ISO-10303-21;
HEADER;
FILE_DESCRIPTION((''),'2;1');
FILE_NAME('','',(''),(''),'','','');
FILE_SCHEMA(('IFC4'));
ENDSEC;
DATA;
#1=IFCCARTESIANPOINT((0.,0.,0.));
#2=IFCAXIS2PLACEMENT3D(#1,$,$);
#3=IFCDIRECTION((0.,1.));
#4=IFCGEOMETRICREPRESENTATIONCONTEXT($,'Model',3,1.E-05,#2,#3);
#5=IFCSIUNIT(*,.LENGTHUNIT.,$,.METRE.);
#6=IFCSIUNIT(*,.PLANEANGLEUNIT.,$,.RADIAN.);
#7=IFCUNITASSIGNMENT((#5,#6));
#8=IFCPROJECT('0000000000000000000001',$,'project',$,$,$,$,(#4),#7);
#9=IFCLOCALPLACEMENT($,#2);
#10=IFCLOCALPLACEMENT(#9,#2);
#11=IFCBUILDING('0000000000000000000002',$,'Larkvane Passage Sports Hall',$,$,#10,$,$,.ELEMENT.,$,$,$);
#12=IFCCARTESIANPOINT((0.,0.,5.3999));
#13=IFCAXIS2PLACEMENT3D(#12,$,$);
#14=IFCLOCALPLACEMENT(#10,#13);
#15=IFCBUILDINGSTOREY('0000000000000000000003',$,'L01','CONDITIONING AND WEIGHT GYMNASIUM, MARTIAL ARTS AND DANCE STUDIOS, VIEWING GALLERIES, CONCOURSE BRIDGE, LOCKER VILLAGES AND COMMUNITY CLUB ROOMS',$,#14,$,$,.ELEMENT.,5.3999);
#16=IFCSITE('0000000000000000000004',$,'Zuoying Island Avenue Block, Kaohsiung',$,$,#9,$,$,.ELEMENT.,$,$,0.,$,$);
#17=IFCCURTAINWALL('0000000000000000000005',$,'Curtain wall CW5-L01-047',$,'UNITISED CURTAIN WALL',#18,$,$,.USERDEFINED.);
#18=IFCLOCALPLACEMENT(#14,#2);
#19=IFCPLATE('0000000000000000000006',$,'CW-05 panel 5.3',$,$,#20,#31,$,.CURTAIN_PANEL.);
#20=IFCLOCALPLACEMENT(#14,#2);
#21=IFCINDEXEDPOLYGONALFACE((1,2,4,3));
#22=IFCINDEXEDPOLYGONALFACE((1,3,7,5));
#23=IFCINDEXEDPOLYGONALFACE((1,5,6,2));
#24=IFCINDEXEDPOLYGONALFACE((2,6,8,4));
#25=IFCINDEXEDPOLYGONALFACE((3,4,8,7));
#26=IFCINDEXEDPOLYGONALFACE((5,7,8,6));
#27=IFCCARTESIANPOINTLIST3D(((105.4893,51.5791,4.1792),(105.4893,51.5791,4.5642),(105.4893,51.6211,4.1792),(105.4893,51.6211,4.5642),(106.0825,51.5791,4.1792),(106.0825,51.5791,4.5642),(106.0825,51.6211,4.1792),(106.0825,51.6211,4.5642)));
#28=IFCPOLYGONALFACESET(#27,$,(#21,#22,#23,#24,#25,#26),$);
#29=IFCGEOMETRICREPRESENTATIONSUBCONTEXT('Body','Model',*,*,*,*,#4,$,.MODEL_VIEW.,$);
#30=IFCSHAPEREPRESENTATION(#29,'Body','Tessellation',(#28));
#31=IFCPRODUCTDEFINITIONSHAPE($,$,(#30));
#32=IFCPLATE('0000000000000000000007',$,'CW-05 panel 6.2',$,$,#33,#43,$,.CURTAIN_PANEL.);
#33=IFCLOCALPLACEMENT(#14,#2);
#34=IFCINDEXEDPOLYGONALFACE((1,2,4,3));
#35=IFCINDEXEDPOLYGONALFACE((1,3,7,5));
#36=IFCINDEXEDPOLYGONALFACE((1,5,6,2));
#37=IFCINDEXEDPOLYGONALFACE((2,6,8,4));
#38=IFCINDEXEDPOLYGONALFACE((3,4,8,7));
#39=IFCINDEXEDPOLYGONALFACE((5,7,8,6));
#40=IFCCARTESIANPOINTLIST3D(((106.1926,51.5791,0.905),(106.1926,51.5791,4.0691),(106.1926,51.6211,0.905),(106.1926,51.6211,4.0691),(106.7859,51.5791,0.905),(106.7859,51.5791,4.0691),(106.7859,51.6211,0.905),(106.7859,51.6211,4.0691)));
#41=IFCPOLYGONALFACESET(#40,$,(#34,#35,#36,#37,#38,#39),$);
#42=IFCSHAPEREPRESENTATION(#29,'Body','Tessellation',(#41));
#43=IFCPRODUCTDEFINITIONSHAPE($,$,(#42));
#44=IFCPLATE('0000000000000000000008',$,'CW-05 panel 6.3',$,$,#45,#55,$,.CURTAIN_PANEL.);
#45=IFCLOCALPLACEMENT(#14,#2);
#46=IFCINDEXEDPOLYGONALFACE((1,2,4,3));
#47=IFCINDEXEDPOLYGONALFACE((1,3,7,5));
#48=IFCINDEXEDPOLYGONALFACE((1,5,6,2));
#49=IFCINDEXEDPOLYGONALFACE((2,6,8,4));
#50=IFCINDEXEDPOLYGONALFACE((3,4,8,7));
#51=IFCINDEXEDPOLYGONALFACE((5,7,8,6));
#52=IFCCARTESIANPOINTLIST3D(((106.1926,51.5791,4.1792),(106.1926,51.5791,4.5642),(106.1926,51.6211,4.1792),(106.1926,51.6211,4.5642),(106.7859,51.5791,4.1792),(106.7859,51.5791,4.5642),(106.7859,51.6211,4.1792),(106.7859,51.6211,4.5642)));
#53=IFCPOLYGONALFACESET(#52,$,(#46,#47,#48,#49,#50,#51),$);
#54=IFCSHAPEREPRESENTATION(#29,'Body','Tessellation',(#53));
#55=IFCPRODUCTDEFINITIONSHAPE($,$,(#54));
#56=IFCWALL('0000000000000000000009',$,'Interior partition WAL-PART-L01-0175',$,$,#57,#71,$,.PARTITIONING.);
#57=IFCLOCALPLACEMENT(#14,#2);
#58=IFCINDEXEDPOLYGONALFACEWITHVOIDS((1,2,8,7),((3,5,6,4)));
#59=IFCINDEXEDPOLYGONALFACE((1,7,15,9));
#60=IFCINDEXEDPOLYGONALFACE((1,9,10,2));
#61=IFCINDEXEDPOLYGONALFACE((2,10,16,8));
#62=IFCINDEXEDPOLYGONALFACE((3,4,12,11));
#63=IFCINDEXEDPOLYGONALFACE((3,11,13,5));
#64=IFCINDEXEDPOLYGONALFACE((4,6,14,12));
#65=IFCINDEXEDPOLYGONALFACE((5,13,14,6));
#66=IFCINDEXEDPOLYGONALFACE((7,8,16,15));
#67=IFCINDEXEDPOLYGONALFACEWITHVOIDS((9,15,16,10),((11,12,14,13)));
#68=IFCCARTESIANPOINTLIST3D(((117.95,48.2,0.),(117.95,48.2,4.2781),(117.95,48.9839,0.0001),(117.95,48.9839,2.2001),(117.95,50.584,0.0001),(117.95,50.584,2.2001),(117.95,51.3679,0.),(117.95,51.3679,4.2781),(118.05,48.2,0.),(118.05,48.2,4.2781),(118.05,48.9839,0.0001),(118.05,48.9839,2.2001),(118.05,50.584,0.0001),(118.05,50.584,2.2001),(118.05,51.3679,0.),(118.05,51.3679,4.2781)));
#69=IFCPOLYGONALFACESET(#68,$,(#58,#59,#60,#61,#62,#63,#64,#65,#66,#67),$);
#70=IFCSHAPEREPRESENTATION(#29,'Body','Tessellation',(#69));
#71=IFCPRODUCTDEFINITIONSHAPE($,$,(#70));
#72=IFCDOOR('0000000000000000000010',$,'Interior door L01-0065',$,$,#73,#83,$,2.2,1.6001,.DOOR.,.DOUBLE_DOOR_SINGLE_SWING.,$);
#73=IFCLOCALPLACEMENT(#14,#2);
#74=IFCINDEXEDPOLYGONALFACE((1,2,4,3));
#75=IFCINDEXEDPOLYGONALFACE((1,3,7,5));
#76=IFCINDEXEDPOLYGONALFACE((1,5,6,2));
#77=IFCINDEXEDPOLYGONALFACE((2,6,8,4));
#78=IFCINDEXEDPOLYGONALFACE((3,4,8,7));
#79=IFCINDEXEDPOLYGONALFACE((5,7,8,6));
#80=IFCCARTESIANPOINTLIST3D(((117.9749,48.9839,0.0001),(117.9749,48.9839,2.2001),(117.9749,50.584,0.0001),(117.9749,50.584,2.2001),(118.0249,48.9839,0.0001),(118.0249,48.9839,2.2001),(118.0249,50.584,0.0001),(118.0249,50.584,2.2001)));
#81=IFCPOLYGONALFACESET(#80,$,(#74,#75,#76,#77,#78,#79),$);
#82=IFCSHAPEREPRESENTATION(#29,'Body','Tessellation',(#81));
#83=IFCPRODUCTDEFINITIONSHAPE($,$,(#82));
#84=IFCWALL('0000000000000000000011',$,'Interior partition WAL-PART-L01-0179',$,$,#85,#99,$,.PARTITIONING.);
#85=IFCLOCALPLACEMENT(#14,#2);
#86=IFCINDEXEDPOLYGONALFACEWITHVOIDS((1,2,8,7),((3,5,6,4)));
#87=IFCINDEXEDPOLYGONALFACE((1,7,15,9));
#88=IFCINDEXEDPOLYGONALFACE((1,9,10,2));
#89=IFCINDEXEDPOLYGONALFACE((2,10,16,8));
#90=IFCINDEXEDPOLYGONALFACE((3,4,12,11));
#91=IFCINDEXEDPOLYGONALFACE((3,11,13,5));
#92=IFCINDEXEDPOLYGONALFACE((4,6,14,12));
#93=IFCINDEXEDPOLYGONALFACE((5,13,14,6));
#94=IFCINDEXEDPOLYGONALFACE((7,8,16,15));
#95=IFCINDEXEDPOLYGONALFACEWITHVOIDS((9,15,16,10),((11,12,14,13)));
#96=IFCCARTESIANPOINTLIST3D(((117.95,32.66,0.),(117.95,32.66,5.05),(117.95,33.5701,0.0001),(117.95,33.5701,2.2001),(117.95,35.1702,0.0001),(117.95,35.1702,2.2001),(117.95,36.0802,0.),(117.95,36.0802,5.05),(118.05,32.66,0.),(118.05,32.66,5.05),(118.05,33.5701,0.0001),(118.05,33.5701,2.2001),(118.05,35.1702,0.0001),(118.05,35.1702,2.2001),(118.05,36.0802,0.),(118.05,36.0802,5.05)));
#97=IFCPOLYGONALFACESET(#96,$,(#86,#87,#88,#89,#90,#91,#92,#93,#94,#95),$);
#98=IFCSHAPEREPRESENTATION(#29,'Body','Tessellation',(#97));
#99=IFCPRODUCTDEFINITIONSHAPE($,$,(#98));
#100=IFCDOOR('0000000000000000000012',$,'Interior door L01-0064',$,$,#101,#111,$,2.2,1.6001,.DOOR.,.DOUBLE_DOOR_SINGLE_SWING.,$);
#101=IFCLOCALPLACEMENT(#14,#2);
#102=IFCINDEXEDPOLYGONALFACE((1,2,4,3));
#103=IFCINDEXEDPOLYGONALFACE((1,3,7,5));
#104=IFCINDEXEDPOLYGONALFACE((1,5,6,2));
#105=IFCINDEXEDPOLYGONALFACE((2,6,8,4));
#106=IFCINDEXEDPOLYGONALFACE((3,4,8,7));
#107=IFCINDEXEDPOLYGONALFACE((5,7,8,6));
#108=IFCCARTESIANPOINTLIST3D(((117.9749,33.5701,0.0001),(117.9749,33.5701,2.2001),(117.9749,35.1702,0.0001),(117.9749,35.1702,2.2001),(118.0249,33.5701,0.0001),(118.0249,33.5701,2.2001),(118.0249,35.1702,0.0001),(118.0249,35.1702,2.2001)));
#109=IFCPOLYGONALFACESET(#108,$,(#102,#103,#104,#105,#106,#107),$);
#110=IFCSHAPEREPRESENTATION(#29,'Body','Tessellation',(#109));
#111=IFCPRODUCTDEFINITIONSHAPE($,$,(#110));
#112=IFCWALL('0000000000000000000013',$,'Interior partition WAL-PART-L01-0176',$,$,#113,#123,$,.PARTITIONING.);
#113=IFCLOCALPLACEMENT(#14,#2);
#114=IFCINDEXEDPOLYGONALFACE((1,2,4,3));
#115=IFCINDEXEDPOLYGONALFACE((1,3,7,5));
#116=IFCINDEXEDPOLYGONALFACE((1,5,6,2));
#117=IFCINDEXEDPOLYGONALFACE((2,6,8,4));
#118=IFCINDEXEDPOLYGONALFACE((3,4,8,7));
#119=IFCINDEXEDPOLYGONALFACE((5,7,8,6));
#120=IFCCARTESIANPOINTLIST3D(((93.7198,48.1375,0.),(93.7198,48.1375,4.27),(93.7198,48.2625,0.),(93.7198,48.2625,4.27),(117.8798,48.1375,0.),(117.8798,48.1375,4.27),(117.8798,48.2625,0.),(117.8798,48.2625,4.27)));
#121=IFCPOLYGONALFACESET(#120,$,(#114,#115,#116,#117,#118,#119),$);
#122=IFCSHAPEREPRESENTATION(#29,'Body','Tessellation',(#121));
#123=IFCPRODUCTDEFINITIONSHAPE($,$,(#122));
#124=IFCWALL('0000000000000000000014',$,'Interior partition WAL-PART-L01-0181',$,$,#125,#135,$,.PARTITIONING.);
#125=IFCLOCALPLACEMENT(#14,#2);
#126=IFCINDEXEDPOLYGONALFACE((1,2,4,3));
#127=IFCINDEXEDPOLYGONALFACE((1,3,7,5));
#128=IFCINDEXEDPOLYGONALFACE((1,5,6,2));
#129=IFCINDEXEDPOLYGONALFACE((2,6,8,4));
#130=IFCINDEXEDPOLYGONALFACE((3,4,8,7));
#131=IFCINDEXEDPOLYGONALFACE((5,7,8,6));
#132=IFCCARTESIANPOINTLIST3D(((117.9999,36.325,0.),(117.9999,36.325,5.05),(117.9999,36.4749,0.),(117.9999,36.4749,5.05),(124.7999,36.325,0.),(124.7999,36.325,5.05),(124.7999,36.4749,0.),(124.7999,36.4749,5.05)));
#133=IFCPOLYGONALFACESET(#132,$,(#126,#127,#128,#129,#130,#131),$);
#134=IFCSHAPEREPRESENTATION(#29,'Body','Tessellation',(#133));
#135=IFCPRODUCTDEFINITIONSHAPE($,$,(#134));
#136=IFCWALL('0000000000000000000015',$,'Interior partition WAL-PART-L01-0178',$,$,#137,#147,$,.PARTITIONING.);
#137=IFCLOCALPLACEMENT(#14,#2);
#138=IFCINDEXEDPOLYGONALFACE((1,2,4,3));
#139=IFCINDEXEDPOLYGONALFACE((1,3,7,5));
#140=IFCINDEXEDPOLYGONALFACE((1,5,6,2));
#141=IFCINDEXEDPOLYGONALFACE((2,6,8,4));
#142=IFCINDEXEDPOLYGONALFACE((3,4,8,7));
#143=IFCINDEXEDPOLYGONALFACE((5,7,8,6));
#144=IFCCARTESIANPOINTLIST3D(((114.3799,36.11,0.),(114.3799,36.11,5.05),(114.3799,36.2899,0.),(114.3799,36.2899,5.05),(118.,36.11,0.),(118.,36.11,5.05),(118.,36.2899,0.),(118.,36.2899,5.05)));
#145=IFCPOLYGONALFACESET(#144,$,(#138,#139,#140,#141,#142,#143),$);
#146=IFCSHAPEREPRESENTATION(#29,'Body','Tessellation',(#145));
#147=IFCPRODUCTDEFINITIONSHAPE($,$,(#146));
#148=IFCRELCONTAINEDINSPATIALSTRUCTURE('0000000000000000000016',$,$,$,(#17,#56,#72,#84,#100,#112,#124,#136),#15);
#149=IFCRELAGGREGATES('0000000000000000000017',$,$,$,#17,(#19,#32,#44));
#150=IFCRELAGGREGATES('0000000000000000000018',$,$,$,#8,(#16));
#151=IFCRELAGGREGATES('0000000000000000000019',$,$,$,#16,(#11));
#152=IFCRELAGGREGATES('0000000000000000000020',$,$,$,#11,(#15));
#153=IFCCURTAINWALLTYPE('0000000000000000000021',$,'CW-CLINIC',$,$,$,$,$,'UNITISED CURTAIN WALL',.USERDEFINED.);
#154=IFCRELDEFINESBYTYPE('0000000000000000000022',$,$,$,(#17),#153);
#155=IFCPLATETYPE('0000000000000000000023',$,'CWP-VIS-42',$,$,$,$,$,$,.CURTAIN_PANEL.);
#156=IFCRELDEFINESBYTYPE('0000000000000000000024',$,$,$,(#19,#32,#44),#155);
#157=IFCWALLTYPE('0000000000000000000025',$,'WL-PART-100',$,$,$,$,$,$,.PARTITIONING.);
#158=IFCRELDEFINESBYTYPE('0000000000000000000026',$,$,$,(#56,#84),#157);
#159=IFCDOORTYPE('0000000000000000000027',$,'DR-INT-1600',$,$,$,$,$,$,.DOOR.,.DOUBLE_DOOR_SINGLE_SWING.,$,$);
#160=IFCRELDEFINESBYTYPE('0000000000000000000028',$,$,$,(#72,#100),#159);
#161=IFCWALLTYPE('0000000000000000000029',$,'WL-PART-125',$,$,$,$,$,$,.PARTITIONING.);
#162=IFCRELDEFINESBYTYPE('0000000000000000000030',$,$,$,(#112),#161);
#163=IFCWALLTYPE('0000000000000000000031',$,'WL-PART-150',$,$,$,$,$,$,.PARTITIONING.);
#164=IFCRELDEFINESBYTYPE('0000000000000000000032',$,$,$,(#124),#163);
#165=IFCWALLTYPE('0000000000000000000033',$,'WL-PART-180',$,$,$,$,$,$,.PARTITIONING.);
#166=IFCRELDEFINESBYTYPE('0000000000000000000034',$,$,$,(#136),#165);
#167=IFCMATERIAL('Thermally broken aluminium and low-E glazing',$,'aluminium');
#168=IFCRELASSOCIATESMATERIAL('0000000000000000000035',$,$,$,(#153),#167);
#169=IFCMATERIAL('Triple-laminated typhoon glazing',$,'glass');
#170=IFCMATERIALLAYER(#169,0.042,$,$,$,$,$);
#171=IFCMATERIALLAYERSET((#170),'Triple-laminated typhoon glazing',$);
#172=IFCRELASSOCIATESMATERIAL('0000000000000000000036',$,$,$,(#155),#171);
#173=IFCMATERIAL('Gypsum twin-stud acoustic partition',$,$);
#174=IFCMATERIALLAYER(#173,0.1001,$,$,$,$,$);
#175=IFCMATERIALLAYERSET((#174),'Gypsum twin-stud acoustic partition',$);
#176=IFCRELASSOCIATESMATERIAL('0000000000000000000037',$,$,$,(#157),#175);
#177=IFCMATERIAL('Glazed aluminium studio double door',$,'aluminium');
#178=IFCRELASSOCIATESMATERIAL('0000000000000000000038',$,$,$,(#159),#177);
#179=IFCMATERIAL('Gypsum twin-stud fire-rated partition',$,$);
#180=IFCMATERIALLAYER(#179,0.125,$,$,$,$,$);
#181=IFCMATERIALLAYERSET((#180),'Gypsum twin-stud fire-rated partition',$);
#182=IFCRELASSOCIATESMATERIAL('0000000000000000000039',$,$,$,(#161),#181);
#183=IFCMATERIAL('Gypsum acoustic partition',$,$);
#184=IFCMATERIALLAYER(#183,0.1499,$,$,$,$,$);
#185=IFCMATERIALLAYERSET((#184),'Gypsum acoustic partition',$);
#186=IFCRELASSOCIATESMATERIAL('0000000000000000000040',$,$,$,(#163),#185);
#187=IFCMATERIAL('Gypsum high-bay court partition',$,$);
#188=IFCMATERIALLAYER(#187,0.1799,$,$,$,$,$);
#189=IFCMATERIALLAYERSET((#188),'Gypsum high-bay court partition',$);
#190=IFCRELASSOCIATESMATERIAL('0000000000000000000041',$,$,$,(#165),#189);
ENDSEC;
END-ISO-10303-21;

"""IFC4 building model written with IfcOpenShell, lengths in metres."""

from ifc_helpers import new_model, si_unit, direction, frame, frame_2d, origin, origin_2d, place, context, subcontext, project, spatial, rectangle, extrude, material, layer, layer_set, type_object, element, fill, aggregate, save


model = new_model("IFC4")

# Units and contexts
model_context = context("Model", 3, precision=1e-05, world=origin(), true_north=direction((0.0, 1.0)))
body_context = subcontext(model_context, "Body", "Model", "MODEL_VIEW")
ifc_project = project(units=[si_unit("LENGTHUNIT", "METRE"), si_unit("PLANEANGLEUNIT", "RADIAN")], contexts=[model_context])

# Site, building, storey
site_placement = place(None, origin())
site = spatial("IfcSite", under=ifc_project, at=site_placement, Name="Zuoying Island Avenue Block, Kaohsiung", CompositionType="ELEMENT", RefElevation=0.0)
building_placement = place(site_placement, origin())
building = spatial("IfcBuilding", under=site, at=building_placement, Name="Larkvane Passage Sports Hall", CompositionType="ELEMENT")
storey_placement = place(building_placement, frame((0.0, 0.0, 5.3999)))
storey = spatial("IfcBuildingStorey", under=building, at=storey_placement, Name="L01", Description="CONDITIONING AND WEIGHT GYMNASIUM, MARTIAL ARTS AND DANCE STUDIOS, VIEWING GALLERIES, CONCOURSE BRIDGE, LOCKER VILLAGES AND COMMUNITY CLUB ROOMS", CompositionType="ELEMENT", Elevation=5.3999)

# Curtain wall, plates
ifc_material_1 = material(Name="Thermally broken aluminium and low-E glazing", Category="aluminium")
curtain_wall_type = type_object("IfcCurtainWallType", Name="CW-CLINIC", ElementType="UNITISED CURTAIN WALL", PredefinedType="USERDEFINED", material=ifc_material_1)
curtain_wall_placement = place(storey_placement, origin())
curtain_wall = element("IfcCurtainWall", 1, at=curtain_wall_placement, inside=storey, type_object=curtain_wall_type, Name="Curtain wall CW5-L01-047", ObjectType="UNITISED CURTAIN WALL", PredefinedType="USERDEFINED")
ifc_material_2 = material(Name="Triple-laminated typhoon glazing", Category="glass")
ifc_layer_1 = layer(ifc_material_2, 0.042)
ifc_layer_set_1 = layer_set([ifc_layer_1], Name="Triple-laminated typhoon glazing")
plate_type_1 = type_object("IfcPlateType", Name="CWP-VIS-42", PredefinedType="CURTAIN_PANEL", material=ifc_layer_set_1)
plate_1_placement = place(storey_placement, frame((105.7859, 51.6001, 4.1792), z_axis=(0.0, 0.0, 1.0), x_axis=(1.0, 0.0, 0.0)))
plate_1 = element("IfcPlate", 2, at=plate_1_placement, type_object=plate_type_1, Name="CW-05 panel 5.3", PredefinedType="CURTAIN_PANEL", context=body_context, shape_type="SweptSolid", body=[
    extrude(rectangle(XDim=0.5933, YDim=0.042, at=origin_2d()), origin(), (0.0, 0.0, 1.0), 0.385),
])
plate_2_placement = place(storey_placement, frame((106.4893, 51.6001, 0.905), z_axis=(0.0, 0.0, 1.0), x_axis=(1.0, 0.0, 0.0)))
plate_2 = element("IfcPlate", 3, at=plate_2_placement, type_object=plate_type_1, Name="CW-05 panel 6.2", PredefinedType="CURTAIN_PANEL", context=body_context, shape_type="SweptSolid", body=[
    extrude(rectangle(XDim=0.5933, YDim=0.042, at=origin_2d()), origin(), (0.0, 0.0, 1.0), 3.1641),
])
plate_3_placement = place(storey_placement, frame((106.4893, 51.6001, 4.1792), z_axis=(0.0, 0.0, 1.0), x_axis=(1.0, 0.0, 0.0)))
plate_3 = element("IfcPlate", 4, at=plate_3_placement, type_object=plate_type_1, Name="CW-05 panel 6.3", PredefinedType="CURTAIN_PANEL", context=body_context, shape_type="SweptSolid", body=[
    extrude(rectangle(XDim=0.5933, YDim=0.042, at=origin_2d()), origin(), (0.0, 0.0, 1.0), 0.385),
])
aggregate(curtain_wall, [plate_1, plate_2, plate_3])

# Walls, openings, doors
ifc_material_3 = material(Name="Gypsum twin-stud acoustic partition")
ifc_layer_2 = layer(ifc_material_3, 0.1001)
ifc_layer_set_2 = layer_set([ifc_layer_2], Name="Gypsum twin-stud acoustic partition")
wall_type_1 = type_object("IfcWallType", Name="WL-PART-100", PredefinedType="PARTITIONING", material=ifc_layer_set_2)
wall_1_placement = place(storey_placement, frame((118.0, 51.3679, 0.0), z_axis=(0.0, 0.0, 1.0), x_axis=(0.0, -1.0, 0.0)))
wall_1 = element("IfcWall", 5, at=wall_1_placement, inside=storey, type_object=wall_type_1, Name="Interior partition WAL-PART-L01-0175", PredefinedType="PARTITIONING", context=body_context, shape_type="SweptSolid", body=[
    extrude(rectangle(XDim=3.168, YDim=0.1001, at=frame_2d((1.584, 0.0))), origin(), (0.0, 0.0, 1.0), 4.2781),
])
opening_1_placement = place(wall_1_placement, frame((0.7839, 0.0, 0.0)))
opening_1 = element("IfcOpeningElement", 6, at=opening_1_placement, cuts=wall_1, PredefinedType="OPENING", context=body_context, shape_type="SweptSolid", body=[
    extrude(rectangle(XDim=1.6001, YDim=2.2, at=frame_2d((0.8, 1.1001))), frame((0.0, 0.0601, 0.0), z_axis=(0.0, -1.0, 0.0), x_axis=(1.0, 0.0, 0.0)), (0.0, 0.0, 1.0), 0.1201),
])
ifc_material_4 = material(Name="Glazed aluminium studio double door", Category="aluminium")
door_type = type_object("IfcDoorType", Name="DR-INT-1600", OperationType="DOUBLE_DOOR_SINGLE_SWING", PredefinedType="DOOR", material=ifc_material_4)
door_1_placement = place(opening_1_placement, origin())
door_1 = element("IfcDoor", 7, at=door_1_placement, inside=storey, type_object=door_type, Name="Interior door L01-0065", OperationType="DOUBLE_DOOR_SINGLE_SWING", OverallHeight=2.2, OverallWidth=1.6001, PredefinedType="DOOR", context=body_context, shape_type="SweptSolid", body=[
    extrude(rectangle(XDim=1.6001, YDim=2.2, at=frame_2d((0.8, 1.1001))), frame((0.0, 0.0249, 0.0), z_axis=(0.0, -1.0, 0.0), x_axis=(1.0, 0.0, 0.0)), (0.0, 0.0, 1.0), 0.05),
])
fill(opening_1, door_1)
wall_2_placement = place(storey_placement, frame((118.0, 36.0801, 0.0), z_axis=(0.0, 0.0, 1.0), x_axis=(0.0, -1.0, 0.0)))
wall_2 = element("IfcWall", 8, at=wall_2_placement, inside=storey, type_object=wall_type_1, Name="Interior partition WAL-PART-L01-0179", PredefinedType="PARTITIONING", context=body_context, shape_type="SweptSolid", body=[
    extrude(rectangle(XDim=3.4202, YDim=0.1001, at=frame_2d((1.71, 0.0))), origin(), (0.0, 0.0, 1.0), 5.05),
])
opening_2_placement = place(wall_2_placement, frame((0.9099, 0.0, 0.0)))
opening_2 = element("IfcOpeningElement", 9, at=opening_2_placement, cuts=wall_2, PredefinedType="OPENING", context=body_context, shape_type="SweptSolid", body=[
    extrude(rectangle(XDim=1.6001, YDim=2.2, at=frame_2d((0.8, 1.1001))), frame((0.0, 0.0601, 0.0), z_axis=(0.0, -1.0, 0.0), x_axis=(1.0, 0.0, 0.0)), (0.0, 0.0, 1.0), 0.1201),
])
door_2_placement = place(opening_2_placement, origin())
door_2 = element("IfcDoor", 10, at=door_2_placement, inside=storey, type_object=door_type, Name="Interior door L01-0064", OperationType="DOUBLE_DOOR_SINGLE_SWING", OverallHeight=2.2, OverallWidth=1.6001, PredefinedType="DOOR", context=body_context, shape_type="SweptSolid", body=[
    extrude(rectangle(XDim=1.6001, YDim=2.2, at=frame_2d((0.8, 1.1001))), frame((0.0, 0.0249, 0.0), z_axis=(0.0, -1.0, 0.0), x_axis=(1.0, 0.0, 0.0)), (0.0, 0.0, 1.0), 0.05),
])
fill(opening_2, door_2)

# Walls
ifc_material_5 = material(Name="Gypsum twin-stud fire-rated partition")
ifc_layer_3 = layer(ifc_material_5, 0.125)
ifc_layer_set_3 = layer_set([ifc_layer_3], Name="Gypsum twin-stud fire-rated partition")
wall_type_2 = type_object("IfcWallType", Name="WL-PART-125", PredefinedType="PARTITIONING", material=ifc_layer_set_3)
wall_3_placement = place(storey_placement, frame((117.8799, 48.2, 0.0), z_axis=(0.0, 0.0, 1.0), x_axis=(-1.0, 0.0, 0.0)))
element("IfcWall", 11, at=wall_3_placement, inside=storey, type_object=wall_type_2, Name="Interior partition WAL-PART-L01-0176", PredefinedType="PARTITIONING", context=body_context, shape_type="SweptSolid", body=[
    extrude(rectangle(XDim=24.1599, YDim=0.125, at=frame_2d((12.0801, 0.0))), origin(), (0.0, 0.0, 1.0), 4.27),
])
ifc_material_6 = material(Name="Gypsum acoustic partition")
ifc_layer_4 = layer(ifc_material_6, 0.1499)
ifc_layer_set_4 = layer_set([ifc_layer_4], Name="Gypsum acoustic partition")
wall_type_3 = type_object("IfcWallType", Name="WL-PART-150", PredefinedType="PARTITIONING", material=ifc_layer_set_4)
wall_4_placement = place(storey_placement, frame((118.0, 36.3999, 0.0), z_axis=(0.0, 0.0, 1.0), x_axis=(1.0, 0.0, 0.0)))
element("IfcWall", 12, at=wall_4_placement, inside=storey, type_object=wall_type_3, Name="Interior partition WAL-PART-L01-0181", PredefinedType="PARTITIONING", context=body_context, shape_type="SweptSolid", body=[
    extrude(rectangle(XDim=6.8, YDim=0.1499, at=frame_2d((3.3999, 0.0))), origin(), (0.0, 0.0, 1.0), 5.05),
])
ifc_material_7 = material(Name="Gypsum high-bay court partition")
ifc_layer_5 = layer(ifc_material_7, 0.1799)
ifc_layer_set_5 = layer_set([ifc_layer_5], Name="Gypsum high-bay court partition")
wall_type_4 = type_object("IfcWallType", Name="WL-PART-180", PredefinedType="PARTITIONING", material=ifc_layer_set_5)
wall_5_placement = place(storey_placement, frame((114.3799, 36.2, 0.0), z_axis=(0.0, 0.0, 1.0), x_axis=(1.0, 0.0, 0.0)))
element("IfcWall", 13, at=wall_5_placement, inside=storey, type_object=wall_type_4, Name="Interior partition WAL-PART-L01-0178", PredefinedType="PARTITIONING", context=body_context, shape_type="SweptSolid", body=[
    extrude(rectangle(XDim=3.6201, YDim=0.1799, at=frame_2d((1.8101, 0.0))), origin(), (0.0, 0.0, 1.0), 5.05),
])

save(model, "model.ifc")
